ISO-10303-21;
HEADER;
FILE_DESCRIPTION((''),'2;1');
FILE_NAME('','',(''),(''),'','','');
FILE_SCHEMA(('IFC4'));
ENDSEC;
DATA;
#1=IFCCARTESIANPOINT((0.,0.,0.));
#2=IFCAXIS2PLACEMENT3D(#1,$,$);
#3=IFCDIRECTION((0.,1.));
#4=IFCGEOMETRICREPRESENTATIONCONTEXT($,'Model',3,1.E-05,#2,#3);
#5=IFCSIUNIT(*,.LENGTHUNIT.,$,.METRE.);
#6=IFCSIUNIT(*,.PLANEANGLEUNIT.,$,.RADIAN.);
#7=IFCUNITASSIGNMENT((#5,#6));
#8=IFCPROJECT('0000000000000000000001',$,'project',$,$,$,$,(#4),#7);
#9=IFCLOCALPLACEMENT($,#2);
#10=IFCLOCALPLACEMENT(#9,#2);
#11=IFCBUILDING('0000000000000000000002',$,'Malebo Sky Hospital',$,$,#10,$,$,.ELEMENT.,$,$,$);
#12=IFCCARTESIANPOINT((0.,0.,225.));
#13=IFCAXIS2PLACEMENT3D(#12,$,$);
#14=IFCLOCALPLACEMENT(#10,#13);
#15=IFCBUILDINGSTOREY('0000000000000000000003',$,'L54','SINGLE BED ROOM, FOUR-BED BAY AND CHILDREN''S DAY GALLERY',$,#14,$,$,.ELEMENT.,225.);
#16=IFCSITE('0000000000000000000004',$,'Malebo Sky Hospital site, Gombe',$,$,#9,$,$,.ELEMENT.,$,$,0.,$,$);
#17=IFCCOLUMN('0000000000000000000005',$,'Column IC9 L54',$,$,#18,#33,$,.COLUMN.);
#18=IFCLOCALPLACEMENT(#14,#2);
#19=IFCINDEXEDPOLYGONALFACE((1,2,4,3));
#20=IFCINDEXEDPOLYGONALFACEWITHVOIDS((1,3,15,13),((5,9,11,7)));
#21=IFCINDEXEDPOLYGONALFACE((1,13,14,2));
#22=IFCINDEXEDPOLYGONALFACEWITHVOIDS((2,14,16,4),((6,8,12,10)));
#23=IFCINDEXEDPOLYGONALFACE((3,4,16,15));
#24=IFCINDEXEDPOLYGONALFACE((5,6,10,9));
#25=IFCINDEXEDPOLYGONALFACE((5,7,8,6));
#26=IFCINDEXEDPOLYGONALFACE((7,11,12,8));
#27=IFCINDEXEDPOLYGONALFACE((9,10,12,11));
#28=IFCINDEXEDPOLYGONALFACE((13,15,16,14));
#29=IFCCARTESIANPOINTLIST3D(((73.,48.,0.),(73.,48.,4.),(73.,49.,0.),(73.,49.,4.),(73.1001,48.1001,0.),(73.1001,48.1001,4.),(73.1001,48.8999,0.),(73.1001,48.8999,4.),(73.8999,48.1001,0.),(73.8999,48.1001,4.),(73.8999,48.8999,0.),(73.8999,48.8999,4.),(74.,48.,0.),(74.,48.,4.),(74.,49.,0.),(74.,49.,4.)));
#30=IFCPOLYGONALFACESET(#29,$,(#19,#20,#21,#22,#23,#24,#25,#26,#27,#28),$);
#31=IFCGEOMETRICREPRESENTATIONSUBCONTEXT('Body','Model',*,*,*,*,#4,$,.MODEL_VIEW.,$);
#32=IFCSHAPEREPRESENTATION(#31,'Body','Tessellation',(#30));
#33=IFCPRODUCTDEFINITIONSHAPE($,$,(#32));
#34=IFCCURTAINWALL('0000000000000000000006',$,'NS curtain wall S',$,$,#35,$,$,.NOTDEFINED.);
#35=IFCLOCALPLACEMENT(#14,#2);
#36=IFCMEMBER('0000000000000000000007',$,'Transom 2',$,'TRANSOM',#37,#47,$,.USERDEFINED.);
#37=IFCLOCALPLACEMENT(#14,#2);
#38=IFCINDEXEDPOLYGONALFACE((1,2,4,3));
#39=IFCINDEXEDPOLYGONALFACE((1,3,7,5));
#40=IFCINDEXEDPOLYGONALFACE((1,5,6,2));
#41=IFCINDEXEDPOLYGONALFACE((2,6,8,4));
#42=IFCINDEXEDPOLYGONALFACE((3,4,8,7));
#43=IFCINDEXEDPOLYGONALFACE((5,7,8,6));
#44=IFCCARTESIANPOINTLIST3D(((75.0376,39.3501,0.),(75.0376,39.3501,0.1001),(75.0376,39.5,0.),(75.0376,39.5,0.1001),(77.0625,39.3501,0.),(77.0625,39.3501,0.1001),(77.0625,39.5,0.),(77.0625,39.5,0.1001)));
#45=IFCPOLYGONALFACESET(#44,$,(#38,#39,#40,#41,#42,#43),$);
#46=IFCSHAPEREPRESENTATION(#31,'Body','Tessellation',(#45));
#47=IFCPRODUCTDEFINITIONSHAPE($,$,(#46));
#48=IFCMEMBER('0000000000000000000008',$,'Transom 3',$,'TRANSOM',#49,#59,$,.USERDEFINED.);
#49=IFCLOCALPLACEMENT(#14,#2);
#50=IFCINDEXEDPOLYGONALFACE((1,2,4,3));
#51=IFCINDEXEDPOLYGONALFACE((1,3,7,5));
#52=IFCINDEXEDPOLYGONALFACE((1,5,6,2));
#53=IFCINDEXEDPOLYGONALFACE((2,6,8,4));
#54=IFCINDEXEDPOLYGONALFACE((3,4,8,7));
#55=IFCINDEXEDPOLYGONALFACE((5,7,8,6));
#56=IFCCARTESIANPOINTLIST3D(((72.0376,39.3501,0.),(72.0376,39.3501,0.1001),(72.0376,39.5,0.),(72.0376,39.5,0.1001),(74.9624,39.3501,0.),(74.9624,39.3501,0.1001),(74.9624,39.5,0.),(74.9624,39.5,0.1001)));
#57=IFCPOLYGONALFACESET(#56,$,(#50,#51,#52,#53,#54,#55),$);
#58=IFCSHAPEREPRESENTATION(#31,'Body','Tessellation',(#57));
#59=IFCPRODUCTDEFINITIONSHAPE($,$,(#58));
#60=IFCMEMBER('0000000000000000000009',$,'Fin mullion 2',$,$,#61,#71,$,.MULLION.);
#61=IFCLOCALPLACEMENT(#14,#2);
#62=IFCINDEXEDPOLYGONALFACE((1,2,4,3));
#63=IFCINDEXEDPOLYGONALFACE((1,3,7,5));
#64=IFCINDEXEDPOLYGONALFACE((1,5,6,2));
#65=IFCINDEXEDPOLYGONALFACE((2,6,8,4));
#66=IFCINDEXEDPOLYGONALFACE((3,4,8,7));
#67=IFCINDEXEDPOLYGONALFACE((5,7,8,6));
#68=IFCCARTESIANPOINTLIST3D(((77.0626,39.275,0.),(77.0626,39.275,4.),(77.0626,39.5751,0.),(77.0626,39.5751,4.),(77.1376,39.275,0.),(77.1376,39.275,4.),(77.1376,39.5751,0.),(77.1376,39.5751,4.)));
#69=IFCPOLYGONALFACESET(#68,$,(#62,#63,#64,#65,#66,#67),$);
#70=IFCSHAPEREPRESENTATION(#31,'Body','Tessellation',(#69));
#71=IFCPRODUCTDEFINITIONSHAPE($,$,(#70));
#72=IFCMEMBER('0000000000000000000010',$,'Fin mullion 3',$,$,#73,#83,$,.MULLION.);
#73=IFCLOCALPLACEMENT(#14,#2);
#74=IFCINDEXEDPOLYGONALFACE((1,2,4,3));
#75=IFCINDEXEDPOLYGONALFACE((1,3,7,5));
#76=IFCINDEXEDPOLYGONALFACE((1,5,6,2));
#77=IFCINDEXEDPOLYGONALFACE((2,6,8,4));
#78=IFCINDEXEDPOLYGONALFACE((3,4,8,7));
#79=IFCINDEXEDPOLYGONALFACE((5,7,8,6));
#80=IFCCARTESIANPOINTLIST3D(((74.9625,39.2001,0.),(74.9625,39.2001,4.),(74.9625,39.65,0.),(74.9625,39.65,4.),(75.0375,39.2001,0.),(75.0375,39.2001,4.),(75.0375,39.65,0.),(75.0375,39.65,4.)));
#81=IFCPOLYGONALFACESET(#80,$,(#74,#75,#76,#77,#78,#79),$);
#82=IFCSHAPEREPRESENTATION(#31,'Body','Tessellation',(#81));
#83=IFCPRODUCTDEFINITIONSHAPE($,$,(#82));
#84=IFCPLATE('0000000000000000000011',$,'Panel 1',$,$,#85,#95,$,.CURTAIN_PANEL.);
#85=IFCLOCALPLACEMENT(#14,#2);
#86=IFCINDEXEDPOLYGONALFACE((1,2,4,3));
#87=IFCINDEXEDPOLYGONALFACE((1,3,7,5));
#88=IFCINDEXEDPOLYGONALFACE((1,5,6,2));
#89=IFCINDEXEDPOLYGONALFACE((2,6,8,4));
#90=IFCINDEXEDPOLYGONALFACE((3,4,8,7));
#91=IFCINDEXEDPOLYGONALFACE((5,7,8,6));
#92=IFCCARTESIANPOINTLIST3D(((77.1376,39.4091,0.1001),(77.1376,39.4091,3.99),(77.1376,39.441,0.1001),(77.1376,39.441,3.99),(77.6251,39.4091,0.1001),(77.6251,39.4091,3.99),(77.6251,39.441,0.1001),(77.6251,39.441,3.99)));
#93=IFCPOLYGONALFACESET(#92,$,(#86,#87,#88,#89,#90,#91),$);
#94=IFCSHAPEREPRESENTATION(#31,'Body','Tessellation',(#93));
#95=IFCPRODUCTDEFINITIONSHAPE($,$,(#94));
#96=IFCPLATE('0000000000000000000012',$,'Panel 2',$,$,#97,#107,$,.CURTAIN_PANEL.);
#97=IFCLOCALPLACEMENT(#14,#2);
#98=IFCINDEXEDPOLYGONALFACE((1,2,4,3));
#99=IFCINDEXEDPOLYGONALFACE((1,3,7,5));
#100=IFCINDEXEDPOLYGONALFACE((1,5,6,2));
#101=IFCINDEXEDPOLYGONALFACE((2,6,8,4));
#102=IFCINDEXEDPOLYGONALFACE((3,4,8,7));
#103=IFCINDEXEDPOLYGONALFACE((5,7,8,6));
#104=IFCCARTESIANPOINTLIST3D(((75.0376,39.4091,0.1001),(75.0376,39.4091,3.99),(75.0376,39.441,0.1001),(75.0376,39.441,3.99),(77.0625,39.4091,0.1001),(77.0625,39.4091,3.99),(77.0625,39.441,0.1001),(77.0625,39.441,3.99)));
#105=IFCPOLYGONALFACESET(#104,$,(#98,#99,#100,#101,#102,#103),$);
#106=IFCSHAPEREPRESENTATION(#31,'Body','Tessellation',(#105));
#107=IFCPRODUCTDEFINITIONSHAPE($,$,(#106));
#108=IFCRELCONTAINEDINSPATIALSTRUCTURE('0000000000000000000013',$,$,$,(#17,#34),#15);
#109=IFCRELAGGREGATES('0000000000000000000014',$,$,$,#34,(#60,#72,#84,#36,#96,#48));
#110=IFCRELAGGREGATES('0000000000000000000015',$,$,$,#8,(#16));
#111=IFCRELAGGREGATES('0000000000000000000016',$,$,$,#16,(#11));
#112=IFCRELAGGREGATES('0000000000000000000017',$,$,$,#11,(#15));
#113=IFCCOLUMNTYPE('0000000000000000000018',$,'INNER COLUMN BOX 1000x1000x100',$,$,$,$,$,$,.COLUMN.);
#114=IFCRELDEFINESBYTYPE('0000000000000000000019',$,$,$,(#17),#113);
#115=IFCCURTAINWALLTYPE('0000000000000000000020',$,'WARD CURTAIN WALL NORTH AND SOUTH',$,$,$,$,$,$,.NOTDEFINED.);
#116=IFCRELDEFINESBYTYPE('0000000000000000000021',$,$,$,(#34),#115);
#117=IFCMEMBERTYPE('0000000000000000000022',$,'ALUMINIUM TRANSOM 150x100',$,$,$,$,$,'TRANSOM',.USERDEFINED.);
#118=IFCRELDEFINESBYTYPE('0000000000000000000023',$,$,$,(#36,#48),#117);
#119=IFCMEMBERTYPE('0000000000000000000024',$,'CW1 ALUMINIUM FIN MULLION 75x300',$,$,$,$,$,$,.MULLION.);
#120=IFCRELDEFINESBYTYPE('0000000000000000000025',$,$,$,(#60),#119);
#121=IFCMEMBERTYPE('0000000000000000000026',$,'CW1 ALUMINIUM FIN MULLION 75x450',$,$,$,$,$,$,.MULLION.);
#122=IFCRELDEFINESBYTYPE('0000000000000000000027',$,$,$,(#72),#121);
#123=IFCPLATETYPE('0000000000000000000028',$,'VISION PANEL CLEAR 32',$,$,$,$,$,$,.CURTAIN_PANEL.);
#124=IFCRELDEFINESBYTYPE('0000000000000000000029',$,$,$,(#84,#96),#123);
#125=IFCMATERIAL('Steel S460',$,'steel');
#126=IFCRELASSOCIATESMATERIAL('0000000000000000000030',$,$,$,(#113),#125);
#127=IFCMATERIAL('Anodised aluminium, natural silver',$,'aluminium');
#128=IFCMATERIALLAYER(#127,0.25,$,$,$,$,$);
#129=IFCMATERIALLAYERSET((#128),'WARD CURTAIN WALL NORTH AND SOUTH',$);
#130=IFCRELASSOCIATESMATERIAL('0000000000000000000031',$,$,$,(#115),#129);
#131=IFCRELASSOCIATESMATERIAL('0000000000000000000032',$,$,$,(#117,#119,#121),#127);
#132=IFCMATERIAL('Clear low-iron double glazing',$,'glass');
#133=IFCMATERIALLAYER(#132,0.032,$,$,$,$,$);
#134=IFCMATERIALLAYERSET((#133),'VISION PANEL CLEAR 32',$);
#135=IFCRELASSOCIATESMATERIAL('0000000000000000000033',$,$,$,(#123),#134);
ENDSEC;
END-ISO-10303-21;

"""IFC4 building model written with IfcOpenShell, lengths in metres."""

from ifc_helpers import new_model, si_unit, direction, frame, origin, origin_2d, place, context, subcontext, project, spatial, rectangle, hollow_rectangle, extrude, material, layer, layer_set, material_profile, profile_set, type_object, element, aggregate, save


model = new_model("IFC4")

# Units and contexts
model_context = context("Model", 3, precision=1e-05, world=origin(), true_north=direction((0.0, 1.0)))
body_context = subcontext(model_context, "Body", "Model", "MODEL_VIEW")
ifc_project = project(units=[si_unit("LENGTHUNIT", "METRE"), si_unit("PLANEANGLEUNIT", "RADIAN")], contexts=[model_context])

# Site, building, storey
site_placement = place(None, origin())
site = spatial("IfcSite", under=ifc_project, at=site_placement, Name="Malebo Sky Hospital site, Gombe", CompositionType="ELEMENT", RefElevation=0.0)
building_placement = place(site_placement, origin())
building = spatial("IfcBuilding", under=site, at=building_placement, Name="Malebo Sky Hospital", CompositionType="ELEMENT")
storey_placement = place(building_placement, frame((0.0, 0.0, 225.0)))
storey = spatial("IfcBuildingStorey", under=building, at=storey_placement, Name="L54", Description="SINGLE BED ROOM, FOUR-BED BAY AND CHILDREN'S DAY GALLERY", CompositionType="ELEMENT", Elevation=225.0)

# Column
ifc_material_1 = material(Name="Steel S460", Category="steel")
ifc_material_profile_1 = material_profile(ifc_material_1, hollow_rectangle(XDim=1.0, YDim=1.0, WallThickness=0.1001, at=origin_2d()), Name="BOX 1000x1000x100")
ifc_profile_set_1 = profile_set([ifc_material_profile_1], Name="Steel S460")
column_type = type_object("IfcColumnType", Name="INNER COLUMN BOX 1000x1000x100", PredefinedType="COLUMN", material=ifc_profile_set_1)
column_placement = place(storey_placement, frame((73.5, 48.5, 0.0), z_axis=(0.0, 0.0, 1.0), x_axis=(1.0, 0.0, 0.0)))
element("IfcColumn", 1, at=column_placement, inside=storey, type_object=column_type, Name="Column IC9 L54", PredefinedType="COLUMN", context=body_context, shape_type="SweptSolid", body=[
    extrude(hollow_rectangle(XDim=1.0, YDim=1.0, WallThickness=0.1001, at=origin_2d()), origin(), (0.0, 0.0, 1.0), 4.0),
])

# Curtain wall, members, plates
ifc_material_2 = material(Name="Anodised aluminium, natural silver", Category="aluminium")
ifc_layer_1 = layer(ifc_material_2, 0.25)
ifc_layer_set_1 = layer_set([ifc_layer_1], Name="WARD CURTAIN WALL NORTH AND SOUTH")
curtain_wall_type = type_object("IfcCurtainWallType", Name="WARD CURTAIN WALL NORTH AND SOUTH", PredefinedType="NOTDEFINED", material=ifc_layer_set_1)
curtain_wall_placement = place(storey_placement, origin())
curtain_wall = element("IfcCurtainWall", 2, at=curtain_wall_placement, inside=storey, type_object=curtain_wall_type, Name="NS curtain wall S", PredefinedType="NOTDEFINED")
ifc_material_profile_2 = material_profile(ifc_material_2, rectangle(XDim=0.1499, YDim=0.1001, at=origin_2d()), Name="ALUMINIUM TRANSOM 150x100")
ifc_profile_set_2 = profile_set([ifc_material_profile_2], Name="Anodised aluminium, natural silver")
member_type_1 = type_object("IfcMemberType", Name="ALUMINIUM TRANSOM 150x100", ElementType="TRANSOM", PredefinedType="USERDEFINED", material=ifc_profile_set_2)
member_1_placement = place(storey_placement, frame((77.0625, 39.425, 0.05), z_axis=(-1.0, 0.0, 0.0), x_axis=(0.0, -1.0, 0.0)))
member_1 = element("IfcMember", 3, at=member_1_placement, type_object=member_type_1, Name="Transom 2", ObjectType="TRANSOM", PredefinedType="USERDEFINED", context=body_context, shape_type="SweptSolid", body=[
    extrude(rectangle(XDim=0.1499, YDim=0.1001, at=origin_2d()), origin(), (0.0, 0.0, 1.0), 2.0249),
])
member_2_placement = place(storey_placement, frame((74.9624, 39.425, 0.05), z_axis=(-1.0, 0.0, 0.0), x_axis=(0.0, -1.0, 0.0)))
member_2 = element("IfcMember", 4, at=member_2_placement, type_object=member_type_1, Name="Transom 3", ObjectType="TRANSOM", PredefinedType="USERDEFINED", context=body_context, shape_type="SweptSolid", body=[
    extrude(rectangle(XDim=0.1499, YDim=0.1001, at=origin_2d()), origin(), (0.0, 0.0, 1.0), 2.9248),
])
ifc_material_profile_3 = material_profile(ifc_material_2, rectangle(XDim=0.075, YDim=0.3, at=origin_2d()), Name="CW1 ALUMINIUM FIN MULLION 75x300")
ifc_profile_set_3 = profile_set([ifc_material_profile_3], Name="Anodised aluminium, natural silver")
member_type_2 = type_object("IfcMemberType", Name="CW1 ALUMINIUM FIN MULLION 75x300", PredefinedType="MULLION", material=ifc_profile_set_3)
member_3_placement = place(storey_placement, frame((77.1001, 39.425, 0.0), z_axis=(0.0, 0.0, 1.0), x_axis=(-1.0, 0.0, 0.0)))
member_3 = element("IfcMember", 5, at=member_3_placement, type_object=member_type_2, Name="Fin mullion 2", PredefinedType="MULLION", context=body_context, shape_type="SweptSolid", body=[
    extrude(rectangle(XDim=0.075, YDim=0.3, at=origin_2d()), origin(), (0.0, 0.0, 1.0), 4.0),
])
ifc_material_profile_4 = material_profile(ifc_material_2, rectangle(XDim=0.075, YDim=0.45, at=origin_2d()), Name="CW1 ALUMINIUM FIN MULLION 75x450")
ifc_profile_set_4 = profile_set([ifc_material_profile_4], Name="Anodised aluminium, natural silver")
member_type_3 = type_object("IfcMemberType", Name="CW1 ALUMINIUM FIN MULLION 75x450", PredefinedType="MULLION", material=ifc_profile_set_4)
member_4_placement = place(storey_placement, frame((75.0, 39.425, 0.0), z_axis=(0.0, 0.0, 1.0), x_axis=(-1.0, 0.0, 0.0)))
member_4 = element("IfcMember", 6, at=member_4_placement, type_object=member_type_3, Name="Fin mullion 3", PredefinedType="MULLION", context=body_context, shape_type="SweptSolid", body=[
    extrude(rectangle(XDim=0.075, YDim=0.45, at=origin_2d()), origin(), (0.0, 0.0, 1.0), 4.0),
])
ifc_material_3 = material(Name="Clear low-iron double glazing", Category="glass")
ifc_layer_2 = layer(ifc_material_3, 0.032)
ifc_layer_set_2 = layer_set([ifc_layer_2], Name="VISION PANEL CLEAR 32")
plate_type = type_object("IfcPlateType", Name="VISION PANEL CLEAR 32", PredefinedType="CURTAIN_PANEL", material=ifc_layer_set_2)
plate_1_placement = place(storey_placement, frame((77.3813, 39.425, 0.1001), z_axis=(0.0, 0.0, 1.0), x_axis=(-1.0, 0.0, 0.0)))
plate_1 = element("IfcPlate", 7, at=plate_1_placement, type_object=plate_type, Name="Panel 1", PredefinedType="CURTAIN_PANEL", context=body_context, shape_type="SweptSolid", body=[
    extrude(rectangle(XDim=0.4875, YDim=0.032, at=origin_2d()), origin(), (0.0, 0.0, 1.0), 3.8899),
])
plate_2_placement = place(storey_placement, frame((76.05, 39.425, 0.1001), z_axis=(0.0, 0.0, 1.0), x_axis=(-1.0, 0.0, 0.0)))
plate_2 = element("IfcPlate", 8, at=plate_2_placement, type_object=plate_type, Name="Panel 2", PredefinedType="CURTAIN_PANEL", context=body_context, shape_type="SweptSolid", body=[
    extrude(rectangle(XDim=2.0249, YDim=0.032, at=origin_2d()), origin(), (0.0, 0.0, 1.0), 3.8899),
])
aggregate(curtain_wall, [member_3, member_4, plate_1, member_1, plate_2, member_2])

save(model, "model.ifc")
